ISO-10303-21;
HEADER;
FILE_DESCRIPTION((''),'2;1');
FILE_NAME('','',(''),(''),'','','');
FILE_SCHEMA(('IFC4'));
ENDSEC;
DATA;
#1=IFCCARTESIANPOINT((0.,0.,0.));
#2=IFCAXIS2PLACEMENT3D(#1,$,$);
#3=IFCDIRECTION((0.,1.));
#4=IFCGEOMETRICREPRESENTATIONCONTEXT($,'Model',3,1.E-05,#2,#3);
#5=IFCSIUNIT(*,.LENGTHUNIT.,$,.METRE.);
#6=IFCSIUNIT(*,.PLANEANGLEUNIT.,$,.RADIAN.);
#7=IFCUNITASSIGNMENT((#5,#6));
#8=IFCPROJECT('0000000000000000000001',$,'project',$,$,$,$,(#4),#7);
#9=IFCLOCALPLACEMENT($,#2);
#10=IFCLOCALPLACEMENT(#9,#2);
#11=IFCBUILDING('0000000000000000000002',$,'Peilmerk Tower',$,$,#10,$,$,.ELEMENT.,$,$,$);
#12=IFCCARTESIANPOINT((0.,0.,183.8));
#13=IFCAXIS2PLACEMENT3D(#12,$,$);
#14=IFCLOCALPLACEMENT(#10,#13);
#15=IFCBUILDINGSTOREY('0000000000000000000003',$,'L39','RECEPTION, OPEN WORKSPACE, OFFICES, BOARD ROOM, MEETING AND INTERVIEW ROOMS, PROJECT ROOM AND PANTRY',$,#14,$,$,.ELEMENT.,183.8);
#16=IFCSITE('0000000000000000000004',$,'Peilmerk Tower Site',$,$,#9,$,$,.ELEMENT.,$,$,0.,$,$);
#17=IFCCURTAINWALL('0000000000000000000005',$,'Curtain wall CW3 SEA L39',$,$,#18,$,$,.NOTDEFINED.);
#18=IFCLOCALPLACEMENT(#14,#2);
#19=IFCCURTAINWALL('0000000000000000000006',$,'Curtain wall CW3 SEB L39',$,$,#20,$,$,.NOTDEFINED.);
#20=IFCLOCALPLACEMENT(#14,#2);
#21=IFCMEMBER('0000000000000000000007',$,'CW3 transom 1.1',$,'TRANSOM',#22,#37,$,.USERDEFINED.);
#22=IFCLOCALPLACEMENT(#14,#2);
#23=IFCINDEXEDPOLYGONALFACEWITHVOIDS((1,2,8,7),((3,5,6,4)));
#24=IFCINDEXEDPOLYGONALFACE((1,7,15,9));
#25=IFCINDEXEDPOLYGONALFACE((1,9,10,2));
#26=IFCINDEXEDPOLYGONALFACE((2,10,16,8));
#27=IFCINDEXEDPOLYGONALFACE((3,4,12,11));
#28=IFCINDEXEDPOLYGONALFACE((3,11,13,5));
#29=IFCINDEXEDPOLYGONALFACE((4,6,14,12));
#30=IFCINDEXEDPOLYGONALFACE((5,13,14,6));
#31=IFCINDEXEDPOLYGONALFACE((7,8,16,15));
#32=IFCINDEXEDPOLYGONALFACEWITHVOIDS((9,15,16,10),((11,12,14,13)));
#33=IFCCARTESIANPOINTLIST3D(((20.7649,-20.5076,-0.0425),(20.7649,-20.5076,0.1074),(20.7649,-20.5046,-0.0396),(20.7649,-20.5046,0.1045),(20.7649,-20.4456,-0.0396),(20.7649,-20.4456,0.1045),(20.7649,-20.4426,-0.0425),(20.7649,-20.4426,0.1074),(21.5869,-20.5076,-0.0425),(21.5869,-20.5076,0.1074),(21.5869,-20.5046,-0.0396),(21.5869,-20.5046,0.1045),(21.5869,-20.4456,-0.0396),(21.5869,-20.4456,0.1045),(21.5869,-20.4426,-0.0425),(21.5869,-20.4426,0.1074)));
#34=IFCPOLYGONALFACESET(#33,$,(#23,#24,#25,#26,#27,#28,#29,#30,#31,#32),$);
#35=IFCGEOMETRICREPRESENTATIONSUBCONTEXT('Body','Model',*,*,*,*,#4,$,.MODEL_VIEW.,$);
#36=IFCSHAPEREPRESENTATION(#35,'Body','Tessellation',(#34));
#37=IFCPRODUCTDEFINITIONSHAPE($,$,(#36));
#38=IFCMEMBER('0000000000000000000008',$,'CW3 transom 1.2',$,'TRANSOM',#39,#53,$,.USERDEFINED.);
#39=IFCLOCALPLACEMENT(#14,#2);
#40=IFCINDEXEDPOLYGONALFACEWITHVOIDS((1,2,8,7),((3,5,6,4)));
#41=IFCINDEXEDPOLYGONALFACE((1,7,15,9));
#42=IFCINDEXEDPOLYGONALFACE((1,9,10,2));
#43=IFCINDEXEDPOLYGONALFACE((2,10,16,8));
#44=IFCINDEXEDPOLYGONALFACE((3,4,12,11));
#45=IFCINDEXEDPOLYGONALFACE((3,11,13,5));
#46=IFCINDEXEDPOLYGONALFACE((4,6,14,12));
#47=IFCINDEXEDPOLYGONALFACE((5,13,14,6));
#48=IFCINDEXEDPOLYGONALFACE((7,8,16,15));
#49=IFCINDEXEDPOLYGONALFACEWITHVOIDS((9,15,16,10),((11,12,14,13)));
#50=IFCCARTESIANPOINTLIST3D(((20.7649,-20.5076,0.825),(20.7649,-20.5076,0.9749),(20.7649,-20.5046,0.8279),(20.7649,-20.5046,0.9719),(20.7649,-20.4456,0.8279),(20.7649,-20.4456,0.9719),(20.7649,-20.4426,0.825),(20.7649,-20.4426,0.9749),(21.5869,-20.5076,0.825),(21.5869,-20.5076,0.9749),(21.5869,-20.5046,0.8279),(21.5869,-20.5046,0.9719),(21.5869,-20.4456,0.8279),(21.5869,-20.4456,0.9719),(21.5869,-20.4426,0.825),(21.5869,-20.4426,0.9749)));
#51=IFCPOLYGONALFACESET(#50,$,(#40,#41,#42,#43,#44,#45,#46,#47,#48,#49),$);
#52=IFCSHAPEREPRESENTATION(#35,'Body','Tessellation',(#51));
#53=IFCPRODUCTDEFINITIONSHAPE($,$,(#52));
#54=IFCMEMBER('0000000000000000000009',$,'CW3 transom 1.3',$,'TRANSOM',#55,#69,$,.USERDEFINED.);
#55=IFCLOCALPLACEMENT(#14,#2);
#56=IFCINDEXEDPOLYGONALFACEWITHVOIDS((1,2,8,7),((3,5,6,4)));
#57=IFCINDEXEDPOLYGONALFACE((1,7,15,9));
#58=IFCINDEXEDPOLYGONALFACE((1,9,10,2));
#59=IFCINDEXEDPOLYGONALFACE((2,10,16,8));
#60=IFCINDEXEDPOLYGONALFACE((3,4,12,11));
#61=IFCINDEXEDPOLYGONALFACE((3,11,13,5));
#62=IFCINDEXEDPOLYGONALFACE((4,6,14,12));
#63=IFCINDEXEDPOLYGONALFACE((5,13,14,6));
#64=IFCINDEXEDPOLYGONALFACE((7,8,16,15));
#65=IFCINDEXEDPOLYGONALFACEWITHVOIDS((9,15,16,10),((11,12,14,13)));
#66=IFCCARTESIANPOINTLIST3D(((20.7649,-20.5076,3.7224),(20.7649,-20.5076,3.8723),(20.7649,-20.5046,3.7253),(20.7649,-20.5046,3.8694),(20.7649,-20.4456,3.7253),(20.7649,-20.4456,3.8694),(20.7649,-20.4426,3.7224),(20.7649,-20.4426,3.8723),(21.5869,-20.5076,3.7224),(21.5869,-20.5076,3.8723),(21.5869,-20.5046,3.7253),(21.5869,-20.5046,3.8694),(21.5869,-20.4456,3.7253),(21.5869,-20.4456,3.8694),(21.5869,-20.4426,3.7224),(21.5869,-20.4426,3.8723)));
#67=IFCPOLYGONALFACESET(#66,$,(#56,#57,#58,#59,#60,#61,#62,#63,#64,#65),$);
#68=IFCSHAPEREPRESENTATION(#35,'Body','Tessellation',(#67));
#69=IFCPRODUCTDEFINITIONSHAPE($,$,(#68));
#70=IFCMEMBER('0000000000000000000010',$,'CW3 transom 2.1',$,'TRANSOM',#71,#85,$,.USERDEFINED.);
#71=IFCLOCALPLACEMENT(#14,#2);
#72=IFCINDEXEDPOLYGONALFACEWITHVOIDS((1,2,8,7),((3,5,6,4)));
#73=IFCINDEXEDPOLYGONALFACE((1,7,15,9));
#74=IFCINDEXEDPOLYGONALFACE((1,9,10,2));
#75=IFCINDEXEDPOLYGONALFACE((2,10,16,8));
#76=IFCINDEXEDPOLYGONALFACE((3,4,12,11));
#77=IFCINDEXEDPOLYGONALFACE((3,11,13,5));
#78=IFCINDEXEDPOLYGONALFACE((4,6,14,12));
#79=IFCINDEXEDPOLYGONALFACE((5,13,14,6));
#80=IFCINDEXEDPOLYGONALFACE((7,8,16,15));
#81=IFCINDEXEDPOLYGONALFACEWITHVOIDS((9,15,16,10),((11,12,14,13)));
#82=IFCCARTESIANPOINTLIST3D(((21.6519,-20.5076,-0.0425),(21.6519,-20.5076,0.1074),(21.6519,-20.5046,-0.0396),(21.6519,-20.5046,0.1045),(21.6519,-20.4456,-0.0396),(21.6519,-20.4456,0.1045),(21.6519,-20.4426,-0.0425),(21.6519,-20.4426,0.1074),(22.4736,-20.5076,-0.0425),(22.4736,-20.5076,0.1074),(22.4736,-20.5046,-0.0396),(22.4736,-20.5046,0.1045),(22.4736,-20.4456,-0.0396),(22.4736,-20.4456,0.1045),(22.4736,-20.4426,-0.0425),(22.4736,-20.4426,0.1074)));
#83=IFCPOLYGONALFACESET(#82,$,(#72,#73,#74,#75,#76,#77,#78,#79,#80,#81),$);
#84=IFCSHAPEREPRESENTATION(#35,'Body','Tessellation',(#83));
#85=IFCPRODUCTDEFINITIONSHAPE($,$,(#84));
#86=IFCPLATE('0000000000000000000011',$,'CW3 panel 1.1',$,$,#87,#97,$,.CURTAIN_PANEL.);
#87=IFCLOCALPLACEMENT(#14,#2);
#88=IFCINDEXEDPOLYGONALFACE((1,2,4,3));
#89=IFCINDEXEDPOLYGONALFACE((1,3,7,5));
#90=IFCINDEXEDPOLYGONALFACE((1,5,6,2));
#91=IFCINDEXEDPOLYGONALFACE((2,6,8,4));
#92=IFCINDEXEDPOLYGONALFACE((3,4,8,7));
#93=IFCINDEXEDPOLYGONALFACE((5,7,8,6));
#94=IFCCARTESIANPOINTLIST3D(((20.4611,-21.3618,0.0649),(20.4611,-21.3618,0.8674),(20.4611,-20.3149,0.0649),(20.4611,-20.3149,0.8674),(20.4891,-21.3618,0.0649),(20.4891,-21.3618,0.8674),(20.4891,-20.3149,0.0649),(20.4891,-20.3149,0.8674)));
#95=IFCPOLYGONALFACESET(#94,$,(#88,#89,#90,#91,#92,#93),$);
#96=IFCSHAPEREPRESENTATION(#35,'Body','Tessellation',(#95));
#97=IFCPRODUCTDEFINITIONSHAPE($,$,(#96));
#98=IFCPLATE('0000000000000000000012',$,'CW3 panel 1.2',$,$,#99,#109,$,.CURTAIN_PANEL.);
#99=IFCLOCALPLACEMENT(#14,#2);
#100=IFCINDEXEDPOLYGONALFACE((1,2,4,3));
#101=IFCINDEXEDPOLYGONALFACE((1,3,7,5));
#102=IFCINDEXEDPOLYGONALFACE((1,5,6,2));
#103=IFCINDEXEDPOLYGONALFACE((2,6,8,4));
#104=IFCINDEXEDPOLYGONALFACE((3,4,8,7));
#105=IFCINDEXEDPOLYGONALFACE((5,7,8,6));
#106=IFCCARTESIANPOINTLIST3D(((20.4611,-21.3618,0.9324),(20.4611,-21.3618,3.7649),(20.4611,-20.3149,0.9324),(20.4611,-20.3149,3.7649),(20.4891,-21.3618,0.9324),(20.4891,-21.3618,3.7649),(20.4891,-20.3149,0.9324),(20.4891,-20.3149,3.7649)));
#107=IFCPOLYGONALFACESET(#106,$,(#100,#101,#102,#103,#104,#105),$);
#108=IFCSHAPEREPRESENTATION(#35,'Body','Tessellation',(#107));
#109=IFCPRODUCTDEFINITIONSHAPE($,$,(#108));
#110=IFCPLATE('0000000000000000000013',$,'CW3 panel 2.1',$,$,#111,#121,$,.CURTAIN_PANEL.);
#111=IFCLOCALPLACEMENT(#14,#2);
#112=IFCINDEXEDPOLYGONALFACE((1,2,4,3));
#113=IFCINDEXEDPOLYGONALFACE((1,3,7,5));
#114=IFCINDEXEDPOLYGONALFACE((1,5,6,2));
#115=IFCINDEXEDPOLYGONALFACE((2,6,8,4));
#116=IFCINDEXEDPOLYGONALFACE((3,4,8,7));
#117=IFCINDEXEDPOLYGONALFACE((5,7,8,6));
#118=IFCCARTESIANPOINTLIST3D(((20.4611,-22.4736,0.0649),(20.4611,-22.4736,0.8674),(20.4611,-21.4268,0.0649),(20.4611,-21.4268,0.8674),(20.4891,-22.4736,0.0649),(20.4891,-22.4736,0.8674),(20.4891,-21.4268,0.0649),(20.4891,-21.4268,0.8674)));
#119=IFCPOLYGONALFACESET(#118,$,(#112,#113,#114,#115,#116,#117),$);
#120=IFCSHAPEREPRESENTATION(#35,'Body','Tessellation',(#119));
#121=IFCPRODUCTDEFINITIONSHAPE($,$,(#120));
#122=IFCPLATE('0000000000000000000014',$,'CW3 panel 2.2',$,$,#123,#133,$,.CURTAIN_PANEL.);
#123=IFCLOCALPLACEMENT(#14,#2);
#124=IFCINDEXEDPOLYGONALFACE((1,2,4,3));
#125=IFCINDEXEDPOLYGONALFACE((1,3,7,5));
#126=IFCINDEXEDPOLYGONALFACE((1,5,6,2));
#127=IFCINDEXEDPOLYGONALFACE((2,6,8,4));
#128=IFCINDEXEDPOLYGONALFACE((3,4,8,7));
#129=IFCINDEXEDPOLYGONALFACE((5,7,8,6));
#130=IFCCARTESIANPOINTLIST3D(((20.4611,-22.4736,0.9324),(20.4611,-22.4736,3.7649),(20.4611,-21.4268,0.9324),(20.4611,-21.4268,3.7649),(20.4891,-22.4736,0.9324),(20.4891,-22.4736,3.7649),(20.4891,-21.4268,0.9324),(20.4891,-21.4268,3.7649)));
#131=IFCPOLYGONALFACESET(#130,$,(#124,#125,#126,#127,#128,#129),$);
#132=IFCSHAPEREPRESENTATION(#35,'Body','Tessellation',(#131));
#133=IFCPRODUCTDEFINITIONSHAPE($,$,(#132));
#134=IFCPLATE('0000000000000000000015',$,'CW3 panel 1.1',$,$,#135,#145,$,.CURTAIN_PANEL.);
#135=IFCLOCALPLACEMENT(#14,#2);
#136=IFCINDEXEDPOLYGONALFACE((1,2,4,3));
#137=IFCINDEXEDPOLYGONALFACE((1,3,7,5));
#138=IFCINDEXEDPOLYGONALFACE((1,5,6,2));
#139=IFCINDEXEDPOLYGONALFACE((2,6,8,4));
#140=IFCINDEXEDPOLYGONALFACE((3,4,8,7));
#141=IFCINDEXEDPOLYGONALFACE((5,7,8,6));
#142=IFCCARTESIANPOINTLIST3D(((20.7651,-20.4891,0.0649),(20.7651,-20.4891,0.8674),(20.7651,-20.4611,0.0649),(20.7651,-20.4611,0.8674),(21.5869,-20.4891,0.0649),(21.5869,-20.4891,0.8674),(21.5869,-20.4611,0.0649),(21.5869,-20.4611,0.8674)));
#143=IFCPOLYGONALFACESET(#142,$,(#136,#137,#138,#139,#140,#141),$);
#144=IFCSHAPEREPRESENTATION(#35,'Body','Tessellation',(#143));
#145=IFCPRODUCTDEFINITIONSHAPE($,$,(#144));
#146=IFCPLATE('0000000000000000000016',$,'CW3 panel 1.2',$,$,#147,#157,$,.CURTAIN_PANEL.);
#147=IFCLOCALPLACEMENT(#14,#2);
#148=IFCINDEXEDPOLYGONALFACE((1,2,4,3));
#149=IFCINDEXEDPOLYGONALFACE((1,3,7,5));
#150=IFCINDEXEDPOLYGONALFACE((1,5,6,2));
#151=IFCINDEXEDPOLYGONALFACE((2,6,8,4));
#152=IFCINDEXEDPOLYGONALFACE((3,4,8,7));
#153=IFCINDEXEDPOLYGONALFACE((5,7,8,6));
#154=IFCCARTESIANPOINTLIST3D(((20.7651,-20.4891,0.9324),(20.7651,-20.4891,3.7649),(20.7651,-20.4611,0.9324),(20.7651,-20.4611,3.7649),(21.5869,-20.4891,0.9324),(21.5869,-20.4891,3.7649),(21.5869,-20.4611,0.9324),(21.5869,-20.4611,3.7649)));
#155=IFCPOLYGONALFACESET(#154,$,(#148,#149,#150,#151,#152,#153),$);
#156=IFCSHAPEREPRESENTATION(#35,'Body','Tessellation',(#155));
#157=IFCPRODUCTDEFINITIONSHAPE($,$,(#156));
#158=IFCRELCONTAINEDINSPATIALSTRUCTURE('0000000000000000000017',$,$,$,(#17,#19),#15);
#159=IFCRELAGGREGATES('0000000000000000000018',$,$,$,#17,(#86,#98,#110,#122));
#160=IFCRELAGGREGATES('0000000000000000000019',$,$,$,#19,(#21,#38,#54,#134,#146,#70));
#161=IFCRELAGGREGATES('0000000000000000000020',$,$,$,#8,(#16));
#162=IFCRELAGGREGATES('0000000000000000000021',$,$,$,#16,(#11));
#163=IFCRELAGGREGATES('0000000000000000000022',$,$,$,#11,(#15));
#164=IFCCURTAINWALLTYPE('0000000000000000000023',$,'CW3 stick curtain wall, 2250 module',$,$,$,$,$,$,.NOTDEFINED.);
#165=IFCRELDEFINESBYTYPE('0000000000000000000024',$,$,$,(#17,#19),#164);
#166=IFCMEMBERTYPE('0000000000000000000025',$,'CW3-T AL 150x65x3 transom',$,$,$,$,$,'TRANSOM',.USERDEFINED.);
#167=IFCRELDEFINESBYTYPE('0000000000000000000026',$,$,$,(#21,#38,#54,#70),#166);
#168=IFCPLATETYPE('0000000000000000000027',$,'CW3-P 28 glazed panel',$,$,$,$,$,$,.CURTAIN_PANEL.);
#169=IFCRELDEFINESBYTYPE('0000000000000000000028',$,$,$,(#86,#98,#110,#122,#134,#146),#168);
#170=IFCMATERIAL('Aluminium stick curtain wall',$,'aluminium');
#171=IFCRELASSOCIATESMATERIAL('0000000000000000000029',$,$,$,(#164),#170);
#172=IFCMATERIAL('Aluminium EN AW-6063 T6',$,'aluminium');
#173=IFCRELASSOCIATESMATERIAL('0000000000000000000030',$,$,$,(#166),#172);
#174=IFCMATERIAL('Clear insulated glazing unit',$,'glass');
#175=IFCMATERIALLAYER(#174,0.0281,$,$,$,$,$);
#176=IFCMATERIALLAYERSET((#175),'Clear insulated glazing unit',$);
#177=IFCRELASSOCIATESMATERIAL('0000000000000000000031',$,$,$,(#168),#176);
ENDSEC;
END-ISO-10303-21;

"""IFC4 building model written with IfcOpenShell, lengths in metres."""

from ifc_helpers import new_model, si_unit, direction, frame, origin, origin_2d, place, context, subcontext, project, spatial, rectangle, hollow_rectangle, extrude, material, layer, layer_set, material_profile, profile_set, type_object, element, aggregate, save


model = new_model("IFC4")

# Units and contexts
model_context = context("Model", 3, precision=1e-05, world=origin(), true_north=direction((0.0, 1.0)))
body_context = subcontext(model_context, "Body", "Model", "MODEL_VIEW")
ifc_project = project(units=[si_unit("LENGTHUNIT", "METRE"), si_unit("PLANEANGLEUNIT", "RADIAN")], contexts=[model_context])

# Site, building, storey
site_placement = place(None, origin())
site = spatial("IfcSite", under=ifc_project, at=site_placement, Name="Peilmerk Tower Site", CompositionType="ELEMENT", RefElevation=0.0)
building_placement = place(site_placement, origin())
building = spatial("IfcBuilding", under=site, at=building_placement, Name="Peilmerk Tower", CompositionType="ELEMENT")
storey_placement = place(building_placement, frame((0.0, 0.0, 183.8)))
storey = spatial("IfcBuildingStorey", under=building, at=storey_placement, Name="L39", Description="RECEPTION, OPEN WORKSPACE, OFFICES, BOARD ROOM, MEETING AND INTERVIEW ROOMS, PROJECT ROOM AND PANTRY", CompositionType="ELEMENT", Elevation=183.8)

# Curtain walls
ifc_material_1 = material(Name="Aluminium stick curtain wall", Category="aluminium")
curtain_wall_type = type_object("IfcCurtainWallType", Name="CW3 stick curtain wall, 2250 module", PredefinedType="NOTDEFINED", material=ifc_material_1)
curtain_wall_1_placement = place(storey_placement, origin())
curtain_wall_1 = element("IfcCurtainWall", 1, at=curtain_wall_1_placement, inside=storey, type_object=curtain_wall_type, Name="Curtain wall CW3 SEA L39", PredefinedType="NOTDEFINED")
ifc_material_2 = material(Name="Aluminium EN AW-6063 T6", Category="aluminium")
curtain_wall_2_placement = place(storey_placement, origin())
curtain_wall_2 = element("IfcCurtainWall", 2, at=curtain_wall_2_placement, inside=storey, type_object=curtain_wall_type, Name="Curtain wall CW3 SEB L39", PredefinedType="NOTDEFINED")

# Members
ifc_material_profile_1 = material_profile(ifc_material_2, hollow_rectangle(XDim=0.0649, YDim=0.1499, WallThickness=0.0029, at=origin_2d()), Name="AL 150x65x3")
ifc_profile_set_1 = profile_set([ifc_material_profile_1], Name="Aluminium EN AW-6063 T6")
member_type_1 = type_object("IfcMemberType", Name="CW3-T AL 150x65x3 transom", ElementType="TRANSOM", PredefinedType="USERDEFINED", material=ifc_profile_set_1)
member_1_placement = place(storey_placement, frame((20.7649, -20.4751, 0.0325), z_axis=(1.0, 0.0, 0.0), x_axis=(0.0, 1.0, 0.0)))
member_1 = element("IfcMember", 3, at=member_1_placement, type_object=member_type_1, Name="CW3 transom 1.1", ObjectType="TRANSOM", PredefinedType="USERDEFINED", context=body_context, shape_type="SweptSolid", body=[
    extrude(hollow_rectangle(XDim=0.0649, YDim=0.1499, WallThickness=0.0029, at=origin_2d()), origin(), (0.0, 0.0, 1.0), 0.822),
])
member_2_placement = place(storey_placement, frame((20.7649, -20.4751, 0.8999), z_axis=(1.0, 0.0, 0.0), x_axis=(0.0, 1.0, 0.0)))
member_2 = element("IfcMember", 4, at=member_2_placement, type_object=member_type_1, Name="CW3 transom 1.2", ObjectType="TRANSOM", PredefinedType="USERDEFINED", context=body_context, shape_type="SweptSolid", body=[
    extrude(hollow_rectangle(XDim=0.0649, YDim=0.1499, WallThickness=0.0029, at=origin_2d()), origin(), (0.0, 0.0, 1.0), 0.822),
])
member_3_placement = place(storey_placement, frame((20.7649, -20.4751, 3.7974), z_axis=(1.0, 0.0, 0.0), x_axis=(0.0, 1.0, 0.0)))
member_3 = element("IfcMember", 5, at=member_3_placement, type_object=member_type_1, Name="CW3 transom 1.3", ObjectType="TRANSOM", PredefinedType="USERDEFINED", context=body_context, shape_type="SweptSolid", body=[
    extrude(hollow_rectangle(XDim=0.0649, YDim=0.1499, WallThickness=0.0029, at=origin_2d()), origin(), (0.0, 0.0, 1.0), 0.822),
])
member_4_placement = place(storey_placement, frame((21.6519, -20.4751, 0.0325), z_axis=(1.0, 0.0, 0.0), x_axis=(0.0, 1.0, 0.0)))
member_4 = element("IfcMember", 6, at=member_4_placement, type_object=member_type_1, Name="CW3 transom 2.1", ObjectType="TRANSOM", PredefinedType="USERDEFINED", context=body_context, shape_type="SweptSolid", body=[
    extrude(hollow_rectangle(XDim=0.0649, YDim=0.1499, WallThickness=0.0029, at=origin_2d()), origin(), (0.0, 0.0, 1.0), 0.8218),
])

# Plates
ifc_material_3 = material(Name="Clear insulated glazing unit", Category="glass")
ifc_layer_1 = layer(ifc_material_3, 0.0281)
ifc_layer_set_1 = layer_set([ifc_layer_1], Name="Clear insulated glazing unit")
plate_type = type_object("IfcPlateType", Name="CW3-P 28 glazed panel", PredefinedType="CURTAIN_PANEL", material=ifc_layer_set_1)
plate_1_placement = place(storey_placement, frame((20.4751, -20.8384, 0.0649), z_axis=(0.0, 0.0, 1.0), x_axis=(0.0, -1.0, 0.0)))
plate_1 = element("IfcPlate", 7, at=plate_1_placement, type_object=plate_type, Name="CW3 panel 1.1", PredefinedType="CURTAIN_PANEL", context=body_context, shape_type="SweptSolid", body=[
    extrude(rectangle(XDim=1.0469, YDim=0.0281, at=origin_2d()), origin(), (0.0, 0.0, 1.0), 0.8025),
])
plate_2_placement = place(storey_placement, frame((20.4751, -20.8384, 0.9324), z_axis=(0.0, 0.0, 1.0), x_axis=(0.0, -1.0, 0.0)))
plate_2 = element("IfcPlate", 8, at=plate_2_placement, type_object=plate_type, Name="CW3 panel 1.2", PredefinedType="CURTAIN_PANEL", context=body_context, shape_type="SweptSolid", body=[
    extrude(rectangle(XDim=1.0469, YDim=0.0281, at=origin_2d()), origin(), (0.0, 0.0, 1.0), 2.8325),
])
plate_3_placement = place(storey_placement, frame((20.4751, -21.9502, 0.0649), z_axis=(0.0, 0.0, 1.0), x_axis=(0.0, -1.0, 0.0)))
plate_3 = element("IfcPlate", 9, at=plate_3_placement, type_object=plate_type, Name="CW3 panel 2.1", PredefinedType="CURTAIN_PANEL", context=body_context, shape_type="SweptSolid", body=[
    extrude(rectangle(XDim=1.0469, YDim=0.0281, at=origin_2d()), origin(), (0.0, 0.0, 1.0), 0.8025),
])
plate_4_placement = place(storey_placement, frame((20.4751, -21.9502, 0.9324), z_axis=(0.0, 0.0, 1.0), x_axis=(0.0, -1.0, 0.0)))
plate_4 = element("IfcPlate", 10, at=plate_4_placement, type_object=plate_type, Name="CW3 panel 2.2", PredefinedType="CURTAIN_PANEL", context=body_context, shape_type="SweptSolid", body=[
    extrude(rectangle(XDim=1.0469, YDim=0.0281, at=origin_2d()), origin(), (0.0, 0.0, 1.0), 2.8325),
])
aggregate(curtain_wall_1, [plate_1, plate_2, plate_3, plate_4])
plate_5_placement = place(storey_placement, frame((21.176, -20.4751, 0.0649), z_axis=(0.0, 0.0, 1.0), x_axis=(1.0, 0.0, 0.0)))
plate_5 = element("IfcPlate", 11, at=plate_5_placement, type_object=plate_type, Name="CW3 panel 1.1", PredefinedType="CURTAIN_PANEL", context=body_context, shape_type="SweptSolid", body=[
    extrude(rectangle(XDim=0.8218, YDim=0.0281, at=origin_2d()), origin(), (0.0, 0.0, 1.0), 0.8025),
])
plate_6_placement = place(storey_placement, frame((21.176, -20.4751, 0.9324), z_axis=(0.0, 0.0, 1.0), x_axis=(1.0, 0.0, 0.0)))
plate_6 = element("IfcPlate", 12, at=plate_6_placement, type_object=plate_type, Name="CW3 panel 1.2", PredefinedType="CURTAIN_PANEL", context=body_context, shape_type="SweptSolid", body=[
    extrude(rectangle(XDim=0.8218, YDim=0.0281, at=origin_2d()), origin(), (0.0, 0.0, 1.0), 2.8325),
])
aggregate(curtain_wall_2, [member_1, member_2, member_3, plate_5, plate_6, member_4])

save(model, "model.ifc")
